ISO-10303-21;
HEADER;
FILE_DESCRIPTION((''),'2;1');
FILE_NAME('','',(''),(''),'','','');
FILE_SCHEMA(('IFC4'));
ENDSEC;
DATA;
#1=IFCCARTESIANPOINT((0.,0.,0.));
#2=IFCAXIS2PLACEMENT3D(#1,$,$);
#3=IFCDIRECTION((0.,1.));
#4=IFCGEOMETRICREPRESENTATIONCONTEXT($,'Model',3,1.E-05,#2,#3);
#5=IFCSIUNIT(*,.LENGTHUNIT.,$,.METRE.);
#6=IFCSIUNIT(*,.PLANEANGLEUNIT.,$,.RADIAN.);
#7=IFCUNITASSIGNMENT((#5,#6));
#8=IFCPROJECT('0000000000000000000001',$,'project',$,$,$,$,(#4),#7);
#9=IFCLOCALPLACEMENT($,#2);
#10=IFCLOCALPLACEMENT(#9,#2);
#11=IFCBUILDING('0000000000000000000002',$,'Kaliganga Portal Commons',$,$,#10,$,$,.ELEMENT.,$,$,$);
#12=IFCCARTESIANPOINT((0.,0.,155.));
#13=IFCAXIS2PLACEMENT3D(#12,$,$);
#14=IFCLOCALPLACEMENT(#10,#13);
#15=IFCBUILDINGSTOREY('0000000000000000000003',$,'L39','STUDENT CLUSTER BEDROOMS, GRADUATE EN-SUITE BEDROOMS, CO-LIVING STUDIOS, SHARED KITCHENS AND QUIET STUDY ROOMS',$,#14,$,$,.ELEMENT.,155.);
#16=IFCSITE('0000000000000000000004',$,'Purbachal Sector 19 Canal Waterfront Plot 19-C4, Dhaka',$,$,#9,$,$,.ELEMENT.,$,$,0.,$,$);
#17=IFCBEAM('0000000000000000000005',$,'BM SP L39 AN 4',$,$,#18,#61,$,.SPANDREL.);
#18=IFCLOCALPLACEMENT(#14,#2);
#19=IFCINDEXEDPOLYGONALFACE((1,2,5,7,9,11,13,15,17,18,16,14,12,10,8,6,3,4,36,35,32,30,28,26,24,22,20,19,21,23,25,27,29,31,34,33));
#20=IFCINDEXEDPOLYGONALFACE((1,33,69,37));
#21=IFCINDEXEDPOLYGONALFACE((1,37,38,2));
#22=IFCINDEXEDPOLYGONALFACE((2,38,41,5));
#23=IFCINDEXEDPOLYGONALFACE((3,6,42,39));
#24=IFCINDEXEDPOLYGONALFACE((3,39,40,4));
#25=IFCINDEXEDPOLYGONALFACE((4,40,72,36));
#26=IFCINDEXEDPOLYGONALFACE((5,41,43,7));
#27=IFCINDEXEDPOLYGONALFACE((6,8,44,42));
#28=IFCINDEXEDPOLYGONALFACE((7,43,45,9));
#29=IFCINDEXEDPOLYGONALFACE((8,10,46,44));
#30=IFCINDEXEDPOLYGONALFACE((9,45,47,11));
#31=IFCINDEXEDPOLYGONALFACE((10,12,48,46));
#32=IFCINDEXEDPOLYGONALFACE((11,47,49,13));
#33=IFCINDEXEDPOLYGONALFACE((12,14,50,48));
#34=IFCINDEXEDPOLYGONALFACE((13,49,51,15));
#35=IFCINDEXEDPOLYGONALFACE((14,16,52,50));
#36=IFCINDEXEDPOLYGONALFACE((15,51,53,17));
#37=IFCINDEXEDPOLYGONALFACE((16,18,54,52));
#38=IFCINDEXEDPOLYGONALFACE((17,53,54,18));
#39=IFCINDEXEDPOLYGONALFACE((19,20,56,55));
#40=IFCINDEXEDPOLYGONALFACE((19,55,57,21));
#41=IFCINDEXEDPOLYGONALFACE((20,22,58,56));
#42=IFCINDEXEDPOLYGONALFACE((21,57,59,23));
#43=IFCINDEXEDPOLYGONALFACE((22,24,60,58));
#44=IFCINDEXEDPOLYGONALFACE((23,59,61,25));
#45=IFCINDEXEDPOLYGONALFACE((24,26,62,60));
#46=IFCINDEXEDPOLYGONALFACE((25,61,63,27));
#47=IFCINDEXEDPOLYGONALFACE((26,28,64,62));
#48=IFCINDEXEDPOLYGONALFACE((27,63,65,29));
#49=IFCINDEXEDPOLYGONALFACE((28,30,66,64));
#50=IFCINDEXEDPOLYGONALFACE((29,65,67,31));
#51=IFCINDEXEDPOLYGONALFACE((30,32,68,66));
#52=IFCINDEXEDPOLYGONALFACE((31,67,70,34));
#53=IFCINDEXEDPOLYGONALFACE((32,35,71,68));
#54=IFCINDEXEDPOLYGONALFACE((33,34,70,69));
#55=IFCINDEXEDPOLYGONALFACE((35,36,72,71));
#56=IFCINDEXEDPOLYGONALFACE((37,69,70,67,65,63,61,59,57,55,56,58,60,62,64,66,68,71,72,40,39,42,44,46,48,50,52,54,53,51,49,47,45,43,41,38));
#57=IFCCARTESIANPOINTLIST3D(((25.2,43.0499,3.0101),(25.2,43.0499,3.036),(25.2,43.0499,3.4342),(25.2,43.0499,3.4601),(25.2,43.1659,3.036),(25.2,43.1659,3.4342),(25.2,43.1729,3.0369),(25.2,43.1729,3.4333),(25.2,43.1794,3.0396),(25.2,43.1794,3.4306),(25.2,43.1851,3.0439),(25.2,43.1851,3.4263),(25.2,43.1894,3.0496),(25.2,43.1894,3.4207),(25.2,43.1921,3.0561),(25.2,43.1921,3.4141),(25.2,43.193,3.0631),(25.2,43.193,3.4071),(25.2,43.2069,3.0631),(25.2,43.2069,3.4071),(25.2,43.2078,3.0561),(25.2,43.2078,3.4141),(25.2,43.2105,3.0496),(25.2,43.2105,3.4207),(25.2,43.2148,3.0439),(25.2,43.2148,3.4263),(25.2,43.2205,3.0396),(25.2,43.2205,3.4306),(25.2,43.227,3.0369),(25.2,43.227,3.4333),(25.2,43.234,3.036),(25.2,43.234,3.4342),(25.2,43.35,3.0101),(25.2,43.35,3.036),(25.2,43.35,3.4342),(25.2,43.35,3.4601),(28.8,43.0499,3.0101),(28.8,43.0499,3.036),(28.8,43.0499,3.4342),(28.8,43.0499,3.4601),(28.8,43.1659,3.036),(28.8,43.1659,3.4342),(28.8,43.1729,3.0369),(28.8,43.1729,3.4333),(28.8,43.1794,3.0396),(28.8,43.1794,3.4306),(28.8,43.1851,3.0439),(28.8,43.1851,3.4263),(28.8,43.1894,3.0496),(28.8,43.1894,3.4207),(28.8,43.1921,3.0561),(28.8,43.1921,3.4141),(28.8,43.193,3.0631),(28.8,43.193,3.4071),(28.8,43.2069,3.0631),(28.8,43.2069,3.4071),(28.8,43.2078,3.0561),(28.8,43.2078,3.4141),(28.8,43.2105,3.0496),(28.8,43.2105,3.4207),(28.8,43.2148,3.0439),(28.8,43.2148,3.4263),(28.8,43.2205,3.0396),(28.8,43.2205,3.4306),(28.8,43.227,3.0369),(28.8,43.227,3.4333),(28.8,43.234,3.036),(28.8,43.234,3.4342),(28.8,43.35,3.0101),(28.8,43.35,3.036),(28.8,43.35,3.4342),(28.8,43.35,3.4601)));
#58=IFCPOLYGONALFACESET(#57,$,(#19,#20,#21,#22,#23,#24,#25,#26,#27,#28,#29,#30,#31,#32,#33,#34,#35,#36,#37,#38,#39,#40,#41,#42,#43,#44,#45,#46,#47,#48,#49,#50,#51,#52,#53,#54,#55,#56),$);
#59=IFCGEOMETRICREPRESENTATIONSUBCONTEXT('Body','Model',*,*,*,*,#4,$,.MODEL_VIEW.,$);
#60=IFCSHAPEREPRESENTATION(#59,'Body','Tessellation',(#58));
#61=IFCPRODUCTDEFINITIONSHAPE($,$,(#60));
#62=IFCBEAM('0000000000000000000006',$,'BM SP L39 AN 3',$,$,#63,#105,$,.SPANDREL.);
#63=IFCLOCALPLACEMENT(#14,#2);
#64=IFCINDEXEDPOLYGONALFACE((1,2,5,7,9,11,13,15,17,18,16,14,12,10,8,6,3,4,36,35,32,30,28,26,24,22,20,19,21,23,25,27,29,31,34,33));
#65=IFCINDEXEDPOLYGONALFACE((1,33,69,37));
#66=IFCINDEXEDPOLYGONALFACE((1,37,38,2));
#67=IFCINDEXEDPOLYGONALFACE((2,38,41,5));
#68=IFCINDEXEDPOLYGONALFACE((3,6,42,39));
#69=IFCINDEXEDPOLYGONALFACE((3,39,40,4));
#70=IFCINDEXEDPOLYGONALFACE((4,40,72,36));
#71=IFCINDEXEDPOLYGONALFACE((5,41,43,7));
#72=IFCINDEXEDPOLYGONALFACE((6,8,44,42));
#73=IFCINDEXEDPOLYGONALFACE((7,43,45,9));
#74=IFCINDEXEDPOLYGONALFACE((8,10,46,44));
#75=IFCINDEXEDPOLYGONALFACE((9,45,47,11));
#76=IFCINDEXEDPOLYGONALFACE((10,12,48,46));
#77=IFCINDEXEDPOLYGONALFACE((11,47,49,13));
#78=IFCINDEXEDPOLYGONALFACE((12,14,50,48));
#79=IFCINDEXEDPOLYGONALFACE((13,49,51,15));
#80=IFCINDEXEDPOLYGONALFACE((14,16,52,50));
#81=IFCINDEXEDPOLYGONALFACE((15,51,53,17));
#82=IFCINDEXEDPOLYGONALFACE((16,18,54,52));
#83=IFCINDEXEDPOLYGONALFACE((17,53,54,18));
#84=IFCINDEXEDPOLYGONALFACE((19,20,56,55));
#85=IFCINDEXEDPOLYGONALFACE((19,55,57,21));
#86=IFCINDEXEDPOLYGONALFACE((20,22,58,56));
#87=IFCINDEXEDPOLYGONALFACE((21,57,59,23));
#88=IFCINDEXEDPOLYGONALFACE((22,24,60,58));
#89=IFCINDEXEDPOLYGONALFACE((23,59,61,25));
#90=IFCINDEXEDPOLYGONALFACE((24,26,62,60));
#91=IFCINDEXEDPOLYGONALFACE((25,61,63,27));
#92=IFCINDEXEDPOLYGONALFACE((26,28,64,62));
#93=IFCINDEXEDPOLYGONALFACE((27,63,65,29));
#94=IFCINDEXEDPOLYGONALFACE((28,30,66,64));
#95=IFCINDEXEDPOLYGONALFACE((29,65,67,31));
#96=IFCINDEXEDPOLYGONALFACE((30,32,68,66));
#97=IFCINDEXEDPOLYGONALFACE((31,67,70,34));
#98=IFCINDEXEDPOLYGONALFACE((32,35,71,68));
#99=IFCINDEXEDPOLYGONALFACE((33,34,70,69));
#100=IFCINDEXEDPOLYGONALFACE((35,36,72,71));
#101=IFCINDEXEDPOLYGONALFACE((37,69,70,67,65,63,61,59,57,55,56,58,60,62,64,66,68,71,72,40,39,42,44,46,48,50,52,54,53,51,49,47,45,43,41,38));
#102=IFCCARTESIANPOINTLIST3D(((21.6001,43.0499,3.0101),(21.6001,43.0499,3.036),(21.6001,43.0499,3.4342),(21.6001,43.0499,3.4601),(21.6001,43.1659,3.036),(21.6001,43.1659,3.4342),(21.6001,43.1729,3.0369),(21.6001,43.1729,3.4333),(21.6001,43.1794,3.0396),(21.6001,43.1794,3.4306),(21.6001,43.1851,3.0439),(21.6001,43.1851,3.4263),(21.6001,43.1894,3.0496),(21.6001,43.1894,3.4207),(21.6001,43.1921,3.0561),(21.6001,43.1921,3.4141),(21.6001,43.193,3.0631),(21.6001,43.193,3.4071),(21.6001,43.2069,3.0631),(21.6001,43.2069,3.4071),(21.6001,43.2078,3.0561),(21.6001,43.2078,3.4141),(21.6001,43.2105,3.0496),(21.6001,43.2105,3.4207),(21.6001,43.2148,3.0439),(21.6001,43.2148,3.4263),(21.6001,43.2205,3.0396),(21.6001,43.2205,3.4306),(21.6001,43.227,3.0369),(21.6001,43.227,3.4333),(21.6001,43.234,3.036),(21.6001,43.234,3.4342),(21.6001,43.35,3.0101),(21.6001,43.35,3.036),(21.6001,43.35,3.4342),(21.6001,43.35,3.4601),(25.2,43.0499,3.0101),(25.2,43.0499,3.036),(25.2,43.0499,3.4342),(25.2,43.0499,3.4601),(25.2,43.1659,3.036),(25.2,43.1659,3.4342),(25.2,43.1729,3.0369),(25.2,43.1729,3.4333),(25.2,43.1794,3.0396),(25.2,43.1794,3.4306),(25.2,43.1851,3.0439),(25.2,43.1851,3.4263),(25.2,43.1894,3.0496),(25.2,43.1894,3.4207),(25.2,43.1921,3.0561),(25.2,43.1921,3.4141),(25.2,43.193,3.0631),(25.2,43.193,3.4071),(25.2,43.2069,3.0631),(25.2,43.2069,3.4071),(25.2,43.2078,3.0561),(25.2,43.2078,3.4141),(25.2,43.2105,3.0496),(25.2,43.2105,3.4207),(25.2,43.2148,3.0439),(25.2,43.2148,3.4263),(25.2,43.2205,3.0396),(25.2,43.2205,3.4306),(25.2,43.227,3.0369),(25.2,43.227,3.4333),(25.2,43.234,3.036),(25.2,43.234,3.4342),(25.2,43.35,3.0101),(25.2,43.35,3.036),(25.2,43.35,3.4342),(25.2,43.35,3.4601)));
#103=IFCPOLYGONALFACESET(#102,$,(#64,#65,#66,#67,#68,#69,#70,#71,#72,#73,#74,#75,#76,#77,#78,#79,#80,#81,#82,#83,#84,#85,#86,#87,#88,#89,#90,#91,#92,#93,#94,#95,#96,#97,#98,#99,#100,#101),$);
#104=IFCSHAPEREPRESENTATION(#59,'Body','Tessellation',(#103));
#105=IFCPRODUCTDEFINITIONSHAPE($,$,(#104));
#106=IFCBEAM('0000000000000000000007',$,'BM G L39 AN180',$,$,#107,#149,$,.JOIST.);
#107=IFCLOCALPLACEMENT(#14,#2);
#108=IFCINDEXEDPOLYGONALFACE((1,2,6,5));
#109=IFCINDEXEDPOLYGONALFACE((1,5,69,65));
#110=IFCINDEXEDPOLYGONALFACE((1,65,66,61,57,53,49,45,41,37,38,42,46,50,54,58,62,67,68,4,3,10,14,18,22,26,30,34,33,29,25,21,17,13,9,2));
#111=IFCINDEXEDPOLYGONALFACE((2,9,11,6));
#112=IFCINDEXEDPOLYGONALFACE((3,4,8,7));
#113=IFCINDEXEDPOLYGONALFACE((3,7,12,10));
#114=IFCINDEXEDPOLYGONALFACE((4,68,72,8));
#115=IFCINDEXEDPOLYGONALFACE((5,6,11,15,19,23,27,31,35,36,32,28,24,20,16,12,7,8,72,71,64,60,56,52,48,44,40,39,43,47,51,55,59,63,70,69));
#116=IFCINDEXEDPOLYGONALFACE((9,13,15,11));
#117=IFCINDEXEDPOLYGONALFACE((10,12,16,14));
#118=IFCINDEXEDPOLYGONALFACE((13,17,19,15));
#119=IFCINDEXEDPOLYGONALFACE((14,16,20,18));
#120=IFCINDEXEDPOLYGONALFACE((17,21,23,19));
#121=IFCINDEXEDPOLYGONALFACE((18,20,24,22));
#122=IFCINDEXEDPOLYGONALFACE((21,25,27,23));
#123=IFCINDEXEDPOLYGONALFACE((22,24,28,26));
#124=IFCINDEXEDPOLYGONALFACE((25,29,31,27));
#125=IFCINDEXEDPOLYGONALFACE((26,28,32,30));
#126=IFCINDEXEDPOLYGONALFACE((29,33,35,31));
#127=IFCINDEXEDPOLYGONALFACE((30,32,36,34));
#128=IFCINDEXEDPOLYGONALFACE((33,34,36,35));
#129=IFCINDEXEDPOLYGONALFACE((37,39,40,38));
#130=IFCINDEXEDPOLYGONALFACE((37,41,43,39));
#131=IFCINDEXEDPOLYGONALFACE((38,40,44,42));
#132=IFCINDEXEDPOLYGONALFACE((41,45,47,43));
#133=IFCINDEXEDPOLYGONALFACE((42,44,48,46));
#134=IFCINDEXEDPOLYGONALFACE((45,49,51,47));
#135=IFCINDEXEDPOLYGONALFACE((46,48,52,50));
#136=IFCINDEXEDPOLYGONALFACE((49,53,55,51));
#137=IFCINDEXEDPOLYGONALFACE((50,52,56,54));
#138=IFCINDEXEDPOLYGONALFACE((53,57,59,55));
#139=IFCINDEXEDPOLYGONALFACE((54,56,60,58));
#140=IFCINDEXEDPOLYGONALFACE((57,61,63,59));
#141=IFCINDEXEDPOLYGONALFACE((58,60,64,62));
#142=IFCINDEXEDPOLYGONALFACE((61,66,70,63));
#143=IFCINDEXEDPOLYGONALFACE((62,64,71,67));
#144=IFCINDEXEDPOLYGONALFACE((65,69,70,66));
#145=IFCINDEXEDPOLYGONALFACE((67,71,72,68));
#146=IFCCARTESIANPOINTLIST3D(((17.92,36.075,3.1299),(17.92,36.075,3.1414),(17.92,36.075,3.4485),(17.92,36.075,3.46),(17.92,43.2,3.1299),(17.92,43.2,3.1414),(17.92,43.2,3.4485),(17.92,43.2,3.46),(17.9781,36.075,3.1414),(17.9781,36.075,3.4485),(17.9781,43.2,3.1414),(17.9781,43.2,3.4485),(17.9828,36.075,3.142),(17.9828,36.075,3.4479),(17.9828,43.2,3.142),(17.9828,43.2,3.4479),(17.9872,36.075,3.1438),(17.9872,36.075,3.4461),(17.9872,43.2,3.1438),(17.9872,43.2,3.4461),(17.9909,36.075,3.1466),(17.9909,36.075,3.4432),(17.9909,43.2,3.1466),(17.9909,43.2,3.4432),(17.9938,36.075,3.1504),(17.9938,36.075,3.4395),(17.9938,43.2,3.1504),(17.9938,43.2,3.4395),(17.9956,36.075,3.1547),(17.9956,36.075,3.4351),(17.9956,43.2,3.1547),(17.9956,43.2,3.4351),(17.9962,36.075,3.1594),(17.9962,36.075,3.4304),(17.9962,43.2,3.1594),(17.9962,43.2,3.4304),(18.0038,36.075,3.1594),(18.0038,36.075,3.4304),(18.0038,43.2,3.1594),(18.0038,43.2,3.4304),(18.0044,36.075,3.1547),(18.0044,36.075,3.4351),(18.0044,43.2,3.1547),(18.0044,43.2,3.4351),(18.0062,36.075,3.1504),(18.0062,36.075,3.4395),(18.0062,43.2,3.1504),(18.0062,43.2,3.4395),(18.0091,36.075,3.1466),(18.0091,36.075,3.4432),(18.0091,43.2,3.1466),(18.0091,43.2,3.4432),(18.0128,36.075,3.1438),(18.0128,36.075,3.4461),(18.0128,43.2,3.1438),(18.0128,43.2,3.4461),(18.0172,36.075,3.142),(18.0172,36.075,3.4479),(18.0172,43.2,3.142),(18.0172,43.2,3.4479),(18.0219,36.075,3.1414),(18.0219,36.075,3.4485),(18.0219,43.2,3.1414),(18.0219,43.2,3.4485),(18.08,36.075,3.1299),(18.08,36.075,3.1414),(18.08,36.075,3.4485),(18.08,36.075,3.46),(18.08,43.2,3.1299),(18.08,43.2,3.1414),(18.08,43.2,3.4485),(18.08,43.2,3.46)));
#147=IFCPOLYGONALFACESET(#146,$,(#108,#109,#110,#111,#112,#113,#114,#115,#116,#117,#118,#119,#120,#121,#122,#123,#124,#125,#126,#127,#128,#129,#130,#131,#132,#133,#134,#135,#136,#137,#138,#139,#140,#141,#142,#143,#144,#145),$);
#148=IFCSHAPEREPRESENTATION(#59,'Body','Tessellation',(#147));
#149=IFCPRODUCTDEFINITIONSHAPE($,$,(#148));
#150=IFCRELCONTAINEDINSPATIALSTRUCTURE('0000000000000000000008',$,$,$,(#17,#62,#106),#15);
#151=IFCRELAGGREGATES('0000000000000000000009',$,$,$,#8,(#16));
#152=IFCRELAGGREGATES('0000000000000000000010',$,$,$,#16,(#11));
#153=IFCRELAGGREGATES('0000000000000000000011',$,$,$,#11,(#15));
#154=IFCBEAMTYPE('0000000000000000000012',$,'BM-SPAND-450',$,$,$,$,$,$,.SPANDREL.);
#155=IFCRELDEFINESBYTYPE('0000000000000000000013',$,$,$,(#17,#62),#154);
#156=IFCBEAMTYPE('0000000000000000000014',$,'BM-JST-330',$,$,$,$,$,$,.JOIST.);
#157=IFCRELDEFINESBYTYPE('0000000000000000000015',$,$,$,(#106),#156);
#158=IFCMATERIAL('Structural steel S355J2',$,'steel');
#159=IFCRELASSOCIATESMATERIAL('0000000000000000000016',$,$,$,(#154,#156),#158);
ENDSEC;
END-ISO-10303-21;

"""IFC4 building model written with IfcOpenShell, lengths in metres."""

from ifc_helpers import new_model, si_unit, direction, frame, origin, origin_2d, place, context, subcontext, project, spatial, i_section, extrude, source, transform, mapped, material, material_profile, profile_set, type_object, element, save


model = new_model("IFC4")

# Units and contexts
model_context = context("Model", 3, precision=1e-05, world=origin(), true_north=direction((0.0, 1.0)))
body_context = subcontext(model_context, "Body", "Model", "MODEL_VIEW")
ifc_project = project(units=[si_unit("LENGTHUNIT", "METRE"), si_unit("PLANEANGLEUNIT", "RADIAN")], contexts=[model_context])

# Site, building, storey
site_placement = place(None, origin())
site = spatial("IfcSite", under=ifc_project, at=site_placement, Name="Purbachal Sector 19 Canal Waterfront Plot 19-C4, Dhaka", CompositionType="ELEMENT", RefElevation=0.0)
building_placement = place(site_placement, origin())
building = spatial("IfcBuilding", under=site, at=building_placement, Name="Kaliganga Portal Commons", CompositionType="ELEMENT")
storey_placement = place(building_placement, frame((0.0, 0.0, 155.0)))
storey = spatial("IfcBuildingStorey", under=building, at=storey_placement, Name="L39", Description="STUDENT CLUSTER BEDROOMS, GRADUATE EN-SUITE BEDROOMS, CO-LIVING STUDIOS, SHARED KITCHENS AND QUIET STUDY ROOMS", CompositionType="ELEMENT", Elevation=155.0)

# Beams
ifc_material_1 = material(Name="Structural steel S355J2", Category="steel")
ifc_material_profile_1 = material_profile(ifc_material_1, i_section(OverallWidth=0.3, OverallDepth=0.45, WebThickness=0.0139, FlangeThickness=0.0259, FilletRadius=0.0271, at=origin_2d()), Name="HE 450 B")
ifc_profile_set_1 = profile_set([ifc_material_profile_1], Name="Structural steel S355J2 wide-flange")
beam_type_1 = type_object("IfcBeamType", Name="BM-SPAND-450", PredefinedType="SPANDREL", material=ifc_profile_set_1)
shared_shape_1 = source(origin(), body_context, "Body", "SweptSolid", [
    extrude(i_section(OverallWidth=0.3, OverallDepth=0.45, WebThickness=0.0139, FlangeThickness=0.0259, FilletRadius=0.0271, at=origin_2d()), origin(), (0.0, 0.0, 1.0), 3.6001),
])
for number, where, z_axis, x_axis, name in (
    (1, (25.2, 43.2, 3.2351), (1.0, 0.0, 0.0), (0.0, 1.0, 0.0), "BM SP L39 AN 4"),
):
    element("IfcBeam", number, at=place(storey_placement, frame(where, z_axis=z_axis, x_axis=x_axis)), inside=storey, type_object=beam_type_1, Name=name, PredefinedType="SPANDREL", context=body_context, shape_type="MappedRepresentation", body=[
        mapped(shared_shape_1, transform((0.0, 0.0, 0.0), x_axis=(1.0, 0.0, 0.0), y_axis=(0.0, 1.0, 0.0), z_axis=(0.0, 0.0, 1.0), scale=1.0)),
    ])
shared_shape_2 = source(origin(), body_context, "Body", "SweptSolid", [
    extrude(i_section(OverallWidth=0.3, OverallDepth=0.45, WebThickness=0.0139, FlangeThickness=0.0259, FilletRadius=0.0271, at=origin_2d()), origin(), (0.0, 0.0, 1.0), 3.5999),
])
beam_1_placement = place(storey_placement, frame((21.6001, 43.2, 3.2351), z_axis=(1.0, 0.0, 0.0), x_axis=(0.0, 1.0, 0.0)))
element("IfcBeam", 2, at=beam_1_placement, inside=storey, type_object=beam_type_1, Name="BM SP L39 AN 3", PredefinedType="SPANDREL", context=body_context, shape_type="MappedRepresentation", body=[
    mapped(shared_shape_2, transform((0.0, 0.0, 0.0), x_axis=(1.0, 0.0, 0.0), y_axis=(0.0, 1.0, 0.0), z_axis=(0.0, 0.0, 1.0), scale=1.0)),
])
ifc_material_profile_2 = material_profile(ifc_material_1, i_section(OverallWidth=0.1599, OverallDepth=0.3301, WebThickness=0.0076, FlangeThickness=0.0115, FilletRadius=0.0181, at=origin_2d()), Name="IPE 330")
ifc_profile_set_2 = profile_set([ifc_material_profile_2], Name="Structural steel S355J2 wide-flange")
beam_type_2 = type_object("IfcBeamType", Name="BM-JST-330", PredefinedType="JOIST", material=ifc_profile_set_2)
shared_shape_3 = source(origin(), body_context, "Body", "SweptSolid", [
    extrude(i_section(OverallWidth=0.1599, OverallDepth=0.3301, WebThickness=0.0076, FlangeThickness=0.0115, FilletRadius=0.0181, at=origin_2d()), origin(), (0.0, 0.0, 1.0), 7.125),
])
beam_2_placement = place(storey_placement, frame((18.0, 36.075, 3.2949), z_axis=(0.0, 1.0, 0.0), x_axis=(-1.0, 0.0, 0.0)))
element("IfcBeam", 3, at=beam_2_placement, inside=storey, type_object=beam_type_2, Name="BM G L39 AN180", PredefinedType="JOIST", context=body_context, shape_type="MappedRepresentation", body=[
    mapped(shared_shape_3, transform((0.0, 0.0, 0.0), x_axis=(1.0, 0.0, 0.0), y_axis=(0.0, 1.0, 0.0), z_axis=(0.0, 0.0, 1.0), scale=1.0)),
])

save(model, "model.ifc")
